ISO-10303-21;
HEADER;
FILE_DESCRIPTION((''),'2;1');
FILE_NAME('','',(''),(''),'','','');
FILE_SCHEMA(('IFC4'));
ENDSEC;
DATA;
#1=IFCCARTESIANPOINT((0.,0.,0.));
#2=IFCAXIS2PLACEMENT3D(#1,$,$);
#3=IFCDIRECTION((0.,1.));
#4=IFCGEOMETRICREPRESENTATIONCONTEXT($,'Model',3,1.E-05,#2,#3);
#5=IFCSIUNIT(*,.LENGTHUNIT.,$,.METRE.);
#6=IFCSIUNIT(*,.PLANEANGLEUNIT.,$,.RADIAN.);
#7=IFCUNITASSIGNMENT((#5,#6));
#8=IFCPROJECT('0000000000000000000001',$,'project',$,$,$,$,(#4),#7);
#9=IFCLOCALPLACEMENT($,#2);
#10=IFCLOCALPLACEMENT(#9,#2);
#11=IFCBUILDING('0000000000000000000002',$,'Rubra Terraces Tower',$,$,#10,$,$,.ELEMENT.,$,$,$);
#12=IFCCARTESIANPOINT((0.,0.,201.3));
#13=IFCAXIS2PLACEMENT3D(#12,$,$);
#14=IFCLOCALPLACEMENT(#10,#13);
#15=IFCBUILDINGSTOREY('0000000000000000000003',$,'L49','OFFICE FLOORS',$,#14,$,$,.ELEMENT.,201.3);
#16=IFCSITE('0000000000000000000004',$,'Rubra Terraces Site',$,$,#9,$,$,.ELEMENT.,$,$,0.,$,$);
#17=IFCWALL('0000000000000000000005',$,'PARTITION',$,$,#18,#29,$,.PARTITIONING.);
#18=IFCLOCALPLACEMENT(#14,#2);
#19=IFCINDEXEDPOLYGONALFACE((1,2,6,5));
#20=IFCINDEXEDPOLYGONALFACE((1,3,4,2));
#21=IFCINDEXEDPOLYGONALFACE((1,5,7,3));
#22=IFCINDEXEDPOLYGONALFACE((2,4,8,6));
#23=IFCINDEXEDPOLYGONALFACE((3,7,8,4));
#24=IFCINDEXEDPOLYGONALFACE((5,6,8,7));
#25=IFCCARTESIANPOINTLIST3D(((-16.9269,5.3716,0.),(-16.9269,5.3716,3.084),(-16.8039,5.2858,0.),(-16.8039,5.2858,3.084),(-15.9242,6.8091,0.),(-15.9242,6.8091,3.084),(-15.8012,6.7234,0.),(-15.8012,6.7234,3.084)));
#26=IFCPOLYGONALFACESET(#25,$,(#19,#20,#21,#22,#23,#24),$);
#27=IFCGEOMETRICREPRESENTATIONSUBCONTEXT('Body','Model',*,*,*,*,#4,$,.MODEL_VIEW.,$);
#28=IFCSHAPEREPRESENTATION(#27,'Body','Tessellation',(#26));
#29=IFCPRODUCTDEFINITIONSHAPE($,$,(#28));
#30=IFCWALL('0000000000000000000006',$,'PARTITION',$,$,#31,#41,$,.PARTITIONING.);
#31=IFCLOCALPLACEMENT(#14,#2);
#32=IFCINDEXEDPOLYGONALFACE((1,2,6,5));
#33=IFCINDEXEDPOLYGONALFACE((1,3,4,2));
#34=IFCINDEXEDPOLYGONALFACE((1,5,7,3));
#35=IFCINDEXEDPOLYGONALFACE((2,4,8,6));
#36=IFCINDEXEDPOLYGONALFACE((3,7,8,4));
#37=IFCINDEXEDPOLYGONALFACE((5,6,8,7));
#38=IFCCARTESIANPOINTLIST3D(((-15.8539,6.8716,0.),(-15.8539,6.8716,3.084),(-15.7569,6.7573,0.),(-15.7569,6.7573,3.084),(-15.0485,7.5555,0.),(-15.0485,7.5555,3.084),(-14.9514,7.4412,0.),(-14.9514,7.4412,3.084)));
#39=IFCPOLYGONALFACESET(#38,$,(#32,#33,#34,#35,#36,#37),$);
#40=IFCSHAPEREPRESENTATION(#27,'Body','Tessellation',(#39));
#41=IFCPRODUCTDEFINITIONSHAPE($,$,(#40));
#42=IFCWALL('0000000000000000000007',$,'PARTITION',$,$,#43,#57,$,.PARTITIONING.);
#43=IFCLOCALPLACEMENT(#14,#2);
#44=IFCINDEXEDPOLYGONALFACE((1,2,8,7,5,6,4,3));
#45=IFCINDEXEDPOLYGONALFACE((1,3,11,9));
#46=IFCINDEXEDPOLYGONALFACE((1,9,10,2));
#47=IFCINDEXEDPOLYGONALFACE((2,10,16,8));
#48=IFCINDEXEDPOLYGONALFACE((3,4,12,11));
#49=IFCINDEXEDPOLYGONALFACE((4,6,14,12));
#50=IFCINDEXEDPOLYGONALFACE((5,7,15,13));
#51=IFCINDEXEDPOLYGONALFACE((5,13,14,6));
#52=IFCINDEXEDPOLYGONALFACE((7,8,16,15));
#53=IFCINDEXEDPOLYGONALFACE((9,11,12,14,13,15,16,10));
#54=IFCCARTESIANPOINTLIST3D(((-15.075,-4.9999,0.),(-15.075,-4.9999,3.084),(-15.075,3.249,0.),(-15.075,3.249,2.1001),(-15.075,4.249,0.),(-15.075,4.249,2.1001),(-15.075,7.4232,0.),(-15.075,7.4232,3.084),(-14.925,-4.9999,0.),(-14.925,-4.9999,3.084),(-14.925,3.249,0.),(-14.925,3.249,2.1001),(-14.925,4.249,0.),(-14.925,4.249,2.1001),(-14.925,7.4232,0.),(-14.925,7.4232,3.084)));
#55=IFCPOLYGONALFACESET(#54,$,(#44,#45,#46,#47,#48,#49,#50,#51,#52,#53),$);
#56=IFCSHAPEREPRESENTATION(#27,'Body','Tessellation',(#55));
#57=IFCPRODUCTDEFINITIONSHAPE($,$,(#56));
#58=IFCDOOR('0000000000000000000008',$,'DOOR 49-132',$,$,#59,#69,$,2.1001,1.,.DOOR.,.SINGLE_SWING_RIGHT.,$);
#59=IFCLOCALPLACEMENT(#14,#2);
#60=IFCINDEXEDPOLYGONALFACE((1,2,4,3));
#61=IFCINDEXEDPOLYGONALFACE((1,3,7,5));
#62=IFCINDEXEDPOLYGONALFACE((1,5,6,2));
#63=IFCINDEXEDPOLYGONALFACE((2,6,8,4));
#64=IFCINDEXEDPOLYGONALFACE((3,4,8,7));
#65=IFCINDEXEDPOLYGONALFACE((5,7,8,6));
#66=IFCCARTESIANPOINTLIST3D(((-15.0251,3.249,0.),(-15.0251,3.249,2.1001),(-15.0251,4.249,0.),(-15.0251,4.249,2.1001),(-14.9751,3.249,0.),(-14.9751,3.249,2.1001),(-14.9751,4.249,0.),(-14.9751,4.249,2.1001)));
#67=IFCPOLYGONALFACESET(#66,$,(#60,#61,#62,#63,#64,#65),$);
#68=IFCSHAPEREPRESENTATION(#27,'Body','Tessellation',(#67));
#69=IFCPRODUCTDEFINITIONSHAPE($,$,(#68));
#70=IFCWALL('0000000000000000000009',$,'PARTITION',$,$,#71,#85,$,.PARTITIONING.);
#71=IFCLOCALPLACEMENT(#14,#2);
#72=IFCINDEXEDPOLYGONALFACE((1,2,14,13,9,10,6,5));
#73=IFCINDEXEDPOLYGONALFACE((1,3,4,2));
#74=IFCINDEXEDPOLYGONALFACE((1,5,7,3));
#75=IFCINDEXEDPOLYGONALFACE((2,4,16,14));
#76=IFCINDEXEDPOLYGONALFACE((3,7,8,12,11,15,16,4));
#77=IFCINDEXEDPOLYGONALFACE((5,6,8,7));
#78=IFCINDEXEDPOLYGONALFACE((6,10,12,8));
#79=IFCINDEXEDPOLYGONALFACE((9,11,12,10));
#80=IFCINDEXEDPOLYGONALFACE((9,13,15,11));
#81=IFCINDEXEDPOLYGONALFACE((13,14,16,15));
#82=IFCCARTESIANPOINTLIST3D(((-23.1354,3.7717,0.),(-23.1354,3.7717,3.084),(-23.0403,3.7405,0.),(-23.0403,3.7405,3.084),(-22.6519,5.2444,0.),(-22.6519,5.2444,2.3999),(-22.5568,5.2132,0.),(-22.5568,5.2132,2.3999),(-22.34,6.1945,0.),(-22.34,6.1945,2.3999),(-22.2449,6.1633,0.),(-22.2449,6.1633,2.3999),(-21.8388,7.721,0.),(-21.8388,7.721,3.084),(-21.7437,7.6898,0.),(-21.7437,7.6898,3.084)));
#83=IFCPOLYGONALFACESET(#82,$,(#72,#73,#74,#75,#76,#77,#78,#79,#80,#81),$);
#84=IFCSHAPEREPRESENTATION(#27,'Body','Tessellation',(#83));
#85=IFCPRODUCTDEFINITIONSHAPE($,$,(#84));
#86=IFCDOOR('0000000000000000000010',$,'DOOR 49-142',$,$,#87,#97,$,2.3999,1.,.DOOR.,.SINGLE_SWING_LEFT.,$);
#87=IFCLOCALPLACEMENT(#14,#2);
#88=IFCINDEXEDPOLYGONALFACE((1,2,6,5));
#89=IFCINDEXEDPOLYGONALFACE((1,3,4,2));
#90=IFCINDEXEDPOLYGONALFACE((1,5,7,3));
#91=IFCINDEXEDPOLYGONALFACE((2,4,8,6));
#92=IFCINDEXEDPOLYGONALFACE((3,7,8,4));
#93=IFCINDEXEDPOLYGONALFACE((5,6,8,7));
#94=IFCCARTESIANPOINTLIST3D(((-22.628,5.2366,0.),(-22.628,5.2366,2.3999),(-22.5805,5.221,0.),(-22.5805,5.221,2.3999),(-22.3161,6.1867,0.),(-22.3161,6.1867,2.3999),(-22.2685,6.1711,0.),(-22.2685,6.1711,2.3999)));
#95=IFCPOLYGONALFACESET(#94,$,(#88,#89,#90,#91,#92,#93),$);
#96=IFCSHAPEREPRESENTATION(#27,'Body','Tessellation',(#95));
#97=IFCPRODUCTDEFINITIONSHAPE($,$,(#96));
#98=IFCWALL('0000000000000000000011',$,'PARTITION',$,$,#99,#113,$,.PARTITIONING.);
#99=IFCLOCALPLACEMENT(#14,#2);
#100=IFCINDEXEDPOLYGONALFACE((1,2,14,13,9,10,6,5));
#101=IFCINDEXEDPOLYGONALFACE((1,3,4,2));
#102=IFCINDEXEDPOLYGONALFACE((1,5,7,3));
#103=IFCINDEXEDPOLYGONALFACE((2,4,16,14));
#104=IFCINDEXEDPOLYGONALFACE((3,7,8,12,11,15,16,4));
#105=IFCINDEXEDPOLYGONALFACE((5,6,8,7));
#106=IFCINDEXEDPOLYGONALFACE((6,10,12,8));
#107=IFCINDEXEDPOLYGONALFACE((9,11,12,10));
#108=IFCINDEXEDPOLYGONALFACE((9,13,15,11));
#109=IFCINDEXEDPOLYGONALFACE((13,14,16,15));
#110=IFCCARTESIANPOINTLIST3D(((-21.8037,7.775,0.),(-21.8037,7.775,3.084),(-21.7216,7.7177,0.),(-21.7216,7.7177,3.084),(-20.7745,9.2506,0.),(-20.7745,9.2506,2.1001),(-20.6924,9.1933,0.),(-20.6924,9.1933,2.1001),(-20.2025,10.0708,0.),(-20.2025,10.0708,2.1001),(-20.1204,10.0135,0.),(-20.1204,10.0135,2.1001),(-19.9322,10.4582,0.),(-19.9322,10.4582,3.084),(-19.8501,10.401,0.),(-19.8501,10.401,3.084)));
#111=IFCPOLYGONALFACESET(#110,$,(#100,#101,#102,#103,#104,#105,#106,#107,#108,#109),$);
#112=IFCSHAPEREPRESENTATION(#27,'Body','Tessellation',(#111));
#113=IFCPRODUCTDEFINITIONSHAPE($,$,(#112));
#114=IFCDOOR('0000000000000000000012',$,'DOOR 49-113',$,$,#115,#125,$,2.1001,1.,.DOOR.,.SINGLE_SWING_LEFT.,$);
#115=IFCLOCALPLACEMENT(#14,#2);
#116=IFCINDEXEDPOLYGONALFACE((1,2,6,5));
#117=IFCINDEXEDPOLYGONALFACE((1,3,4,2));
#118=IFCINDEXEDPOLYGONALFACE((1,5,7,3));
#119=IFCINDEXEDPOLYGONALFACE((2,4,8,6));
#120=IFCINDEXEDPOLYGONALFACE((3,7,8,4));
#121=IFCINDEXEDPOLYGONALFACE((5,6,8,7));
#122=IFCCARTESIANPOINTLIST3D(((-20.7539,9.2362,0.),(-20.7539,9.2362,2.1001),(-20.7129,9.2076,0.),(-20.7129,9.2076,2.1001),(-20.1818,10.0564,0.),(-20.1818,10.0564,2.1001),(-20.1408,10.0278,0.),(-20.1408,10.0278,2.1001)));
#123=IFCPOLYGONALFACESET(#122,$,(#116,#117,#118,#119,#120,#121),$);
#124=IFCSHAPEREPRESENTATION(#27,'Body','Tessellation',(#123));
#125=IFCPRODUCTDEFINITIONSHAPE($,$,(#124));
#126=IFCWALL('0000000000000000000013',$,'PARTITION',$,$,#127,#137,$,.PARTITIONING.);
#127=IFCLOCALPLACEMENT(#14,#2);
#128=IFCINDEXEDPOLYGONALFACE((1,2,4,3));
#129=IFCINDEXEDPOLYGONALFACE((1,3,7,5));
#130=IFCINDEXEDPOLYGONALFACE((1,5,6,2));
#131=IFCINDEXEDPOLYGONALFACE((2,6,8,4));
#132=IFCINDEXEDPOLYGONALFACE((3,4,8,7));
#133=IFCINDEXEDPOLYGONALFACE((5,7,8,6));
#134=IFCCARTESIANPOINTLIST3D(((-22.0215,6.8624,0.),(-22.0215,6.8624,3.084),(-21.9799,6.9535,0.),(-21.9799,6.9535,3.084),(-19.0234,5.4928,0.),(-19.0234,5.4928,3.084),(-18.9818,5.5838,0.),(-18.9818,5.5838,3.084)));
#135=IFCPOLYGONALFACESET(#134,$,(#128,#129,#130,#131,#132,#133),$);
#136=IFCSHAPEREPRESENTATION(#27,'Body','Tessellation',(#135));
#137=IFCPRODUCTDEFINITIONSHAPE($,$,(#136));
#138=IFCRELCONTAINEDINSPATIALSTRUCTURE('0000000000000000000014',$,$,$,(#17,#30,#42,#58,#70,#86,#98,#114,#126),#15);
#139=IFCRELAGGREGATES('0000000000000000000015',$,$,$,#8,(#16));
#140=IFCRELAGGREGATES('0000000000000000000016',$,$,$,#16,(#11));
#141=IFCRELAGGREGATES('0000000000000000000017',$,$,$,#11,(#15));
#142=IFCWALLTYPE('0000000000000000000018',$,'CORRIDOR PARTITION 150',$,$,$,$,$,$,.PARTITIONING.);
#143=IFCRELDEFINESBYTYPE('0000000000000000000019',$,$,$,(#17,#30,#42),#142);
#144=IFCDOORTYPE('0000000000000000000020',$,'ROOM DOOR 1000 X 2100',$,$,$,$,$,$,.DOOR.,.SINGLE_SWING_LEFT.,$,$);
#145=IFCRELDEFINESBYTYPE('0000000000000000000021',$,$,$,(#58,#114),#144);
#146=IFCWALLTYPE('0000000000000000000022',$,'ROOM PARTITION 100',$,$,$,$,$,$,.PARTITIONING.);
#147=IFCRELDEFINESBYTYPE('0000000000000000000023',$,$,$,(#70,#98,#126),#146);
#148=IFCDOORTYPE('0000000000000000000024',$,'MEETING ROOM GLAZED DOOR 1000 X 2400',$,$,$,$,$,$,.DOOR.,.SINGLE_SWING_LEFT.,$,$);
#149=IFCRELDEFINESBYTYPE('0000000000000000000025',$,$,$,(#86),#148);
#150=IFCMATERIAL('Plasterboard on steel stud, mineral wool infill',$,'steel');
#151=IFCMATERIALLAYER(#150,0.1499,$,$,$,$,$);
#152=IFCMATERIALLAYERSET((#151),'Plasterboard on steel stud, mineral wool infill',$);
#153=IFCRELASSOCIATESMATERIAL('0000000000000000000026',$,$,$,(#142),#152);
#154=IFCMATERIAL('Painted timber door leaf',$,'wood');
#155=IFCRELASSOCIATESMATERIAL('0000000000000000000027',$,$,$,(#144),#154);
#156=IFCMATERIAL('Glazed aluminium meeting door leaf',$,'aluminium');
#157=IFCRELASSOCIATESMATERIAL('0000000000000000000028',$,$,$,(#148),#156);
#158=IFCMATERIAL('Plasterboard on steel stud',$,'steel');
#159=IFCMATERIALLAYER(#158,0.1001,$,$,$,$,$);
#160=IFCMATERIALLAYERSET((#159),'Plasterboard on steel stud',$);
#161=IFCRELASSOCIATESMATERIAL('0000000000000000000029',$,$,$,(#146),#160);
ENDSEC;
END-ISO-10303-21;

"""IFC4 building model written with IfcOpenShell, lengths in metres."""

from ifc_helpers import new_model, si_unit, direction, frame, frame_2d, origin, place, context, subcontext, project, spatial, rectangle, extrude, material, layer, layer_set, type_object, element, fill, save


model = new_model("IFC4")

# Units and contexts
model_context = context("Model", 3, precision=1e-05, world=origin(), true_north=direction((0.0, 1.0)))
body_context = subcontext(model_context, "Body", "Model", "MODEL_VIEW")
ifc_project = project(units=[si_unit("LENGTHUNIT", "METRE"), si_unit("PLANEANGLEUNIT", "RADIAN")], contexts=[model_context])

# Site, building, storey
site_placement = place(None, origin())
site = spatial("IfcSite", under=ifc_project, at=site_placement, Name="Rubra Terraces Site", CompositionType="ELEMENT", RefElevation=0.0)
building_placement = place(site_placement, origin())
building = spatial("IfcBuilding", under=site, at=building_placement, Name="Rubra Terraces Tower", CompositionType="ELEMENT")
storey_placement = place(building_placement, frame((0.0, 0.0, 201.3)))
storey = spatial("IfcBuildingStorey", under=building, at=storey_placement, Name="L49", Description="OFFICE FLOORS", CompositionType="ELEMENT", Elevation=201.3)

# Shared definitions
ifc_material_1 = material(Name="Plasterboard on steel stud, mineral wool infill", Category="steel")
ifc_layer_1 = layer(ifc_material_1, 0.1499)
ifc_layer_set_1 = layer_set([ifc_layer_1], Name="Plasterboard on steel stud, mineral wool infill")
wall_type_1 = type_object("IfcWallType", Name="CORRIDOR PARTITION 150", PredefinedType="PARTITIONING", material=ifc_layer_set_1)

# Shared definitions
ifc_material_2 = material(Name="Painted timber door leaf", Category="wood")
door_type_1 = type_object("IfcDoorType", Name="ROOM DOOR 1000 X 2100", OperationType="SINGLE_SWING_LEFT", PredefinedType="DOOR", material=ifc_material_2)
ifc_material_3 = material(Name="Glazed aluminium meeting door leaf", Category="aluminium")
door_type_2 = type_object("IfcDoorType", Name="MEETING ROOM GLAZED DOOR 1000 X 2400", OperationType="SINGLE_SWING_LEFT", PredefinedType="DOOR", material=ifc_material_3)

# Walls
wall_1_placement = place(storey_placement, frame((-16.8655, 5.3286, 0.0), z_axis=(0.0, 0.0, 1.0), x_axis=(0.572097, 0.820186, 0.0)))
element("IfcWall", 1, at=wall_1_placement, inside=storey, type_object=wall_type_1, Name="PARTITION", PredefinedType="PARTITIONING", context=body_context, shape_type="SweptSolid", body=[
    extrude(rectangle(XDim=1.7527, YDim=0.1499, at=frame_2d((0.8765, 0.0))), origin(), (0.0, 0.0, 1.0), 3.084),
])
wall_2_placement = place(storey_placement, frame((-15.8054, 6.8145, 0.0), z_axis=(0.0, 0.0, 1.0), x_axis=(0.762298, 0.647226, 0.0)))
element("IfcWall", 2, at=wall_2_placement, inside=storey, type_object=wall_type_1, Name="PARTITION", PredefinedType="PARTITIONING", context=body_context, shape_type="SweptSolid", body=[
    extrude(rectangle(XDim=1.0566, YDim=0.1499, at=frame_2d((0.5283, 0.0))), origin(), (0.0, 0.0, 1.0), 3.084),
])

# Walls, openings, doors
wall_3_placement = place(storey_placement, frame((-15.0, 7.4231, 0.0), z_axis=(0.0, 0.0, 1.0), x_axis=(0.0, -1.0, 0.0)))
wall_3 = element("IfcWall", 3, at=wall_3_placement, inside=storey, type_object=wall_type_1, Name="PARTITION", PredefinedType="PARTITIONING", context=body_context, shape_type="SweptSolid", body=[
    extrude(rectangle(XDim=12.4231, YDim=0.1499, at=frame_2d((6.2114, 0.0))), origin(), (0.0, 0.0, 1.0), 3.084),
])
opening_1_placement = place(wall_3_placement, frame((3.1741, 0.0, 0.0)))
opening_1 = element("IfcOpeningElement", 4, at=opening_1_placement, cuts=wall_3, PredefinedType="OPENING", context=body_context, shape_type="SweptSolid", body=[
    extrude(rectangle(XDim=1.0, YDim=2.1001, at=frame_2d((0.5, 1.05))), frame((0.0, 0.085, 0.0), z_axis=(0.0, -1.0, 0.0), x_axis=(1.0, 0.0, 0.0)), (0.0, 0.0, 1.0), 0.1699),
])
door_1_placement = place(opening_1_placement, origin())
door_1 = element("IfcDoor", 5, at=door_1_placement, inside=storey, type_object=door_type_1, Name="DOOR 49-132", OperationType="SINGLE_SWING_RIGHT", OverallHeight=2.1001, OverallWidth=1.0, PredefinedType="DOOR", context=body_context, shape_type="SweptSolid", body=[
    extrude(rectangle(XDim=1.0, YDim=2.1001, at=frame_2d((0.5, 1.05))), frame((0.0, 0.0249, 0.0), z_axis=(0.0, -1.0, 0.0), x_axis=(1.0, 0.0, 0.0)), (0.0, 0.0, 1.0), 0.05),
])
fill(opening_1, door_1)
ifc_material_4 = material(Name="Plasterboard on steel stud", Category="steel")
ifc_layer_2 = layer(ifc_material_4, 0.1001)
ifc_layer_set_2 = layer_set([ifc_layer_2], Name="Plasterboard on steel stud")
wall_type_2 = type_object("IfcWallType", Name="ROOM PARTITION 100", PredefinedType="PARTITIONING", material=ifc_layer_set_2)
wall_4_placement = place(storey_placement, frame((-23.0879, 3.7561, 0.0), z_axis=(0.0, 0.0, 1.0), x_axis=(0.311943, 0.950101, 0.0)))
wall_4 = element("IfcWall", 6, at=wall_4_placement, inside=storey, type_object=wall_type_2, Name="PARTITION", PredefinedType="PARTITIONING", context=body_context, shape_type="SweptSolid", body=[
    extrude(rectangle(XDim=4.1567, YDim=0.1001, at=frame_2d((2.0784, 0.0))), origin(), (0.0, 0.0, 1.0), 3.084),
])
opening_2_placement = place(wall_4_placement, frame((1.55, 0.0, 0.0)))
opening_2 = element("IfcOpeningElement", 7, at=opening_2_placement, cuts=wall_4, PredefinedType="OPENING", context=body_context, shape_type="SweptSolid", body=[
    extrude(rectangle(XDim=1.0, YDim=2.3999, at=frame_2d((0.5, 1.2))), frame((0.0, 0.0601, 0.0), z_axis=(0.0, -1.0, 0.0), x_axis=(1.0, 0.0, 0.0)), (0.0, 0.0, 1.0), 0.1201),
])
door_2_placement = place(opening_2_placement, origin())
door_2 = element("IfcDoor", 8, at=door_2_placement, inside=storey, type_object=door_type_2, Name="DOOR 49-142", OperationType="SINGLE_SWING_LEFT", OverallHeight=2.3999, OverallWidth=1.0, PredefinedType="DOOR", context=body_context, shape_type="SweptSolid", body=[
    extrude(rectangle(XDim=1.0, YDim=2.3999, at=frame_2d((0.5, 1.2))), frame((0.0, 0.0249, 0.0), z_axis=(0.0, -1.0, 0.0), x_axis=(1.0, 0.0, 0.0)), (0.0, 0.0, 1.0), 0.05),
])
fill(opening_2, door_2)
wall_5_placement = place(storey_placement, frame((-21.7627, 7.7463, 0.0), z_axis=(0.0, 0.0, 1.0), x_axis=(0.572074, 0.820202, 0.0)))
wall_5 = element("IfcWall", 9, at=wall_5_placement, inside=storey, type_object=wall_type_2, Name="PARTITION", PredefinedType="PARTITIONING", context=body_context, shape_type="SweptSolid", body=[
    extrude(rectangle(XDim=3.2715, YDim=0.1001, at=frame_2d((1.6357, 0.0))), origin(), (0.0, 0.0, 1.0), 3.084),
])
opening_3_placement = place(wall_5_placement, frame((1.7991, 0.0, 0.0)))
opening_3 = element("IfcOpeningElement", 10, at=opening_3_placement, cuts=wall_5, PredefinedType="OPENING", context=body_context, shape_type="SweptSolid", body=[
    extrude(rectangle(XDim=1.0, YDim=2.1001, at=frame_2d((0.5, 1.05))), frame((0.0, 0.0601, 0.0), z_axis=(0.0, -1.0, 0.0), x_axis=(1.0, 0.0, 0.0)), (0.0, 0.0, 1.0), 0.1201),
])
door_3_placement = place(opening_3_placement, origin())
door_3 = element("IfcDoor", 11, at=door_3_placement, inside=storey, type_object=door_type_1, Name="DOOR 49-113", OperationType="SINGLE_SWING_LEFT", OverallHeight=2.1001, OverallWidth=1.0, PredefinedType="DOOR", context=body_context, shape_type="SweptSolid", body=[
    extrude(rectangle(XDim=1.0, YDim=2.1001, at=frame_2d((0.5, 1.05))), frame((0.0, 0.0249, 0.0), z_axis=(0.0, -1.0, 0.0), x_axis=(1.0, 0.0, 0.0)), (0.0, 0.0, 1.0), 0.05),
])
fill(opening_3, door_3)

# Wall
wall_6_placement = place(storey_placement, frame((-19.0027, 5.5383, 0.0), z_axis=(0.0, 0.0, 1.0), x_axis=(-0.909578, 0.415532, 0.0)))
element("IfcWall", 12, at=wall_6_placement, inside=storey, type_object=wall_type_2, Name="PARTITION", PredefinedType="PARTITIONING", context=body_context, shape_type="SweptSolid", body=[
    extrude(rectangle(XDim=3.2961, YDim=0.1001, at=frame_2d((1.6479, 0.0))), origin(), (0.0, 0.0, 1.0), 3.084),
])

save(model, "model.ifc")
